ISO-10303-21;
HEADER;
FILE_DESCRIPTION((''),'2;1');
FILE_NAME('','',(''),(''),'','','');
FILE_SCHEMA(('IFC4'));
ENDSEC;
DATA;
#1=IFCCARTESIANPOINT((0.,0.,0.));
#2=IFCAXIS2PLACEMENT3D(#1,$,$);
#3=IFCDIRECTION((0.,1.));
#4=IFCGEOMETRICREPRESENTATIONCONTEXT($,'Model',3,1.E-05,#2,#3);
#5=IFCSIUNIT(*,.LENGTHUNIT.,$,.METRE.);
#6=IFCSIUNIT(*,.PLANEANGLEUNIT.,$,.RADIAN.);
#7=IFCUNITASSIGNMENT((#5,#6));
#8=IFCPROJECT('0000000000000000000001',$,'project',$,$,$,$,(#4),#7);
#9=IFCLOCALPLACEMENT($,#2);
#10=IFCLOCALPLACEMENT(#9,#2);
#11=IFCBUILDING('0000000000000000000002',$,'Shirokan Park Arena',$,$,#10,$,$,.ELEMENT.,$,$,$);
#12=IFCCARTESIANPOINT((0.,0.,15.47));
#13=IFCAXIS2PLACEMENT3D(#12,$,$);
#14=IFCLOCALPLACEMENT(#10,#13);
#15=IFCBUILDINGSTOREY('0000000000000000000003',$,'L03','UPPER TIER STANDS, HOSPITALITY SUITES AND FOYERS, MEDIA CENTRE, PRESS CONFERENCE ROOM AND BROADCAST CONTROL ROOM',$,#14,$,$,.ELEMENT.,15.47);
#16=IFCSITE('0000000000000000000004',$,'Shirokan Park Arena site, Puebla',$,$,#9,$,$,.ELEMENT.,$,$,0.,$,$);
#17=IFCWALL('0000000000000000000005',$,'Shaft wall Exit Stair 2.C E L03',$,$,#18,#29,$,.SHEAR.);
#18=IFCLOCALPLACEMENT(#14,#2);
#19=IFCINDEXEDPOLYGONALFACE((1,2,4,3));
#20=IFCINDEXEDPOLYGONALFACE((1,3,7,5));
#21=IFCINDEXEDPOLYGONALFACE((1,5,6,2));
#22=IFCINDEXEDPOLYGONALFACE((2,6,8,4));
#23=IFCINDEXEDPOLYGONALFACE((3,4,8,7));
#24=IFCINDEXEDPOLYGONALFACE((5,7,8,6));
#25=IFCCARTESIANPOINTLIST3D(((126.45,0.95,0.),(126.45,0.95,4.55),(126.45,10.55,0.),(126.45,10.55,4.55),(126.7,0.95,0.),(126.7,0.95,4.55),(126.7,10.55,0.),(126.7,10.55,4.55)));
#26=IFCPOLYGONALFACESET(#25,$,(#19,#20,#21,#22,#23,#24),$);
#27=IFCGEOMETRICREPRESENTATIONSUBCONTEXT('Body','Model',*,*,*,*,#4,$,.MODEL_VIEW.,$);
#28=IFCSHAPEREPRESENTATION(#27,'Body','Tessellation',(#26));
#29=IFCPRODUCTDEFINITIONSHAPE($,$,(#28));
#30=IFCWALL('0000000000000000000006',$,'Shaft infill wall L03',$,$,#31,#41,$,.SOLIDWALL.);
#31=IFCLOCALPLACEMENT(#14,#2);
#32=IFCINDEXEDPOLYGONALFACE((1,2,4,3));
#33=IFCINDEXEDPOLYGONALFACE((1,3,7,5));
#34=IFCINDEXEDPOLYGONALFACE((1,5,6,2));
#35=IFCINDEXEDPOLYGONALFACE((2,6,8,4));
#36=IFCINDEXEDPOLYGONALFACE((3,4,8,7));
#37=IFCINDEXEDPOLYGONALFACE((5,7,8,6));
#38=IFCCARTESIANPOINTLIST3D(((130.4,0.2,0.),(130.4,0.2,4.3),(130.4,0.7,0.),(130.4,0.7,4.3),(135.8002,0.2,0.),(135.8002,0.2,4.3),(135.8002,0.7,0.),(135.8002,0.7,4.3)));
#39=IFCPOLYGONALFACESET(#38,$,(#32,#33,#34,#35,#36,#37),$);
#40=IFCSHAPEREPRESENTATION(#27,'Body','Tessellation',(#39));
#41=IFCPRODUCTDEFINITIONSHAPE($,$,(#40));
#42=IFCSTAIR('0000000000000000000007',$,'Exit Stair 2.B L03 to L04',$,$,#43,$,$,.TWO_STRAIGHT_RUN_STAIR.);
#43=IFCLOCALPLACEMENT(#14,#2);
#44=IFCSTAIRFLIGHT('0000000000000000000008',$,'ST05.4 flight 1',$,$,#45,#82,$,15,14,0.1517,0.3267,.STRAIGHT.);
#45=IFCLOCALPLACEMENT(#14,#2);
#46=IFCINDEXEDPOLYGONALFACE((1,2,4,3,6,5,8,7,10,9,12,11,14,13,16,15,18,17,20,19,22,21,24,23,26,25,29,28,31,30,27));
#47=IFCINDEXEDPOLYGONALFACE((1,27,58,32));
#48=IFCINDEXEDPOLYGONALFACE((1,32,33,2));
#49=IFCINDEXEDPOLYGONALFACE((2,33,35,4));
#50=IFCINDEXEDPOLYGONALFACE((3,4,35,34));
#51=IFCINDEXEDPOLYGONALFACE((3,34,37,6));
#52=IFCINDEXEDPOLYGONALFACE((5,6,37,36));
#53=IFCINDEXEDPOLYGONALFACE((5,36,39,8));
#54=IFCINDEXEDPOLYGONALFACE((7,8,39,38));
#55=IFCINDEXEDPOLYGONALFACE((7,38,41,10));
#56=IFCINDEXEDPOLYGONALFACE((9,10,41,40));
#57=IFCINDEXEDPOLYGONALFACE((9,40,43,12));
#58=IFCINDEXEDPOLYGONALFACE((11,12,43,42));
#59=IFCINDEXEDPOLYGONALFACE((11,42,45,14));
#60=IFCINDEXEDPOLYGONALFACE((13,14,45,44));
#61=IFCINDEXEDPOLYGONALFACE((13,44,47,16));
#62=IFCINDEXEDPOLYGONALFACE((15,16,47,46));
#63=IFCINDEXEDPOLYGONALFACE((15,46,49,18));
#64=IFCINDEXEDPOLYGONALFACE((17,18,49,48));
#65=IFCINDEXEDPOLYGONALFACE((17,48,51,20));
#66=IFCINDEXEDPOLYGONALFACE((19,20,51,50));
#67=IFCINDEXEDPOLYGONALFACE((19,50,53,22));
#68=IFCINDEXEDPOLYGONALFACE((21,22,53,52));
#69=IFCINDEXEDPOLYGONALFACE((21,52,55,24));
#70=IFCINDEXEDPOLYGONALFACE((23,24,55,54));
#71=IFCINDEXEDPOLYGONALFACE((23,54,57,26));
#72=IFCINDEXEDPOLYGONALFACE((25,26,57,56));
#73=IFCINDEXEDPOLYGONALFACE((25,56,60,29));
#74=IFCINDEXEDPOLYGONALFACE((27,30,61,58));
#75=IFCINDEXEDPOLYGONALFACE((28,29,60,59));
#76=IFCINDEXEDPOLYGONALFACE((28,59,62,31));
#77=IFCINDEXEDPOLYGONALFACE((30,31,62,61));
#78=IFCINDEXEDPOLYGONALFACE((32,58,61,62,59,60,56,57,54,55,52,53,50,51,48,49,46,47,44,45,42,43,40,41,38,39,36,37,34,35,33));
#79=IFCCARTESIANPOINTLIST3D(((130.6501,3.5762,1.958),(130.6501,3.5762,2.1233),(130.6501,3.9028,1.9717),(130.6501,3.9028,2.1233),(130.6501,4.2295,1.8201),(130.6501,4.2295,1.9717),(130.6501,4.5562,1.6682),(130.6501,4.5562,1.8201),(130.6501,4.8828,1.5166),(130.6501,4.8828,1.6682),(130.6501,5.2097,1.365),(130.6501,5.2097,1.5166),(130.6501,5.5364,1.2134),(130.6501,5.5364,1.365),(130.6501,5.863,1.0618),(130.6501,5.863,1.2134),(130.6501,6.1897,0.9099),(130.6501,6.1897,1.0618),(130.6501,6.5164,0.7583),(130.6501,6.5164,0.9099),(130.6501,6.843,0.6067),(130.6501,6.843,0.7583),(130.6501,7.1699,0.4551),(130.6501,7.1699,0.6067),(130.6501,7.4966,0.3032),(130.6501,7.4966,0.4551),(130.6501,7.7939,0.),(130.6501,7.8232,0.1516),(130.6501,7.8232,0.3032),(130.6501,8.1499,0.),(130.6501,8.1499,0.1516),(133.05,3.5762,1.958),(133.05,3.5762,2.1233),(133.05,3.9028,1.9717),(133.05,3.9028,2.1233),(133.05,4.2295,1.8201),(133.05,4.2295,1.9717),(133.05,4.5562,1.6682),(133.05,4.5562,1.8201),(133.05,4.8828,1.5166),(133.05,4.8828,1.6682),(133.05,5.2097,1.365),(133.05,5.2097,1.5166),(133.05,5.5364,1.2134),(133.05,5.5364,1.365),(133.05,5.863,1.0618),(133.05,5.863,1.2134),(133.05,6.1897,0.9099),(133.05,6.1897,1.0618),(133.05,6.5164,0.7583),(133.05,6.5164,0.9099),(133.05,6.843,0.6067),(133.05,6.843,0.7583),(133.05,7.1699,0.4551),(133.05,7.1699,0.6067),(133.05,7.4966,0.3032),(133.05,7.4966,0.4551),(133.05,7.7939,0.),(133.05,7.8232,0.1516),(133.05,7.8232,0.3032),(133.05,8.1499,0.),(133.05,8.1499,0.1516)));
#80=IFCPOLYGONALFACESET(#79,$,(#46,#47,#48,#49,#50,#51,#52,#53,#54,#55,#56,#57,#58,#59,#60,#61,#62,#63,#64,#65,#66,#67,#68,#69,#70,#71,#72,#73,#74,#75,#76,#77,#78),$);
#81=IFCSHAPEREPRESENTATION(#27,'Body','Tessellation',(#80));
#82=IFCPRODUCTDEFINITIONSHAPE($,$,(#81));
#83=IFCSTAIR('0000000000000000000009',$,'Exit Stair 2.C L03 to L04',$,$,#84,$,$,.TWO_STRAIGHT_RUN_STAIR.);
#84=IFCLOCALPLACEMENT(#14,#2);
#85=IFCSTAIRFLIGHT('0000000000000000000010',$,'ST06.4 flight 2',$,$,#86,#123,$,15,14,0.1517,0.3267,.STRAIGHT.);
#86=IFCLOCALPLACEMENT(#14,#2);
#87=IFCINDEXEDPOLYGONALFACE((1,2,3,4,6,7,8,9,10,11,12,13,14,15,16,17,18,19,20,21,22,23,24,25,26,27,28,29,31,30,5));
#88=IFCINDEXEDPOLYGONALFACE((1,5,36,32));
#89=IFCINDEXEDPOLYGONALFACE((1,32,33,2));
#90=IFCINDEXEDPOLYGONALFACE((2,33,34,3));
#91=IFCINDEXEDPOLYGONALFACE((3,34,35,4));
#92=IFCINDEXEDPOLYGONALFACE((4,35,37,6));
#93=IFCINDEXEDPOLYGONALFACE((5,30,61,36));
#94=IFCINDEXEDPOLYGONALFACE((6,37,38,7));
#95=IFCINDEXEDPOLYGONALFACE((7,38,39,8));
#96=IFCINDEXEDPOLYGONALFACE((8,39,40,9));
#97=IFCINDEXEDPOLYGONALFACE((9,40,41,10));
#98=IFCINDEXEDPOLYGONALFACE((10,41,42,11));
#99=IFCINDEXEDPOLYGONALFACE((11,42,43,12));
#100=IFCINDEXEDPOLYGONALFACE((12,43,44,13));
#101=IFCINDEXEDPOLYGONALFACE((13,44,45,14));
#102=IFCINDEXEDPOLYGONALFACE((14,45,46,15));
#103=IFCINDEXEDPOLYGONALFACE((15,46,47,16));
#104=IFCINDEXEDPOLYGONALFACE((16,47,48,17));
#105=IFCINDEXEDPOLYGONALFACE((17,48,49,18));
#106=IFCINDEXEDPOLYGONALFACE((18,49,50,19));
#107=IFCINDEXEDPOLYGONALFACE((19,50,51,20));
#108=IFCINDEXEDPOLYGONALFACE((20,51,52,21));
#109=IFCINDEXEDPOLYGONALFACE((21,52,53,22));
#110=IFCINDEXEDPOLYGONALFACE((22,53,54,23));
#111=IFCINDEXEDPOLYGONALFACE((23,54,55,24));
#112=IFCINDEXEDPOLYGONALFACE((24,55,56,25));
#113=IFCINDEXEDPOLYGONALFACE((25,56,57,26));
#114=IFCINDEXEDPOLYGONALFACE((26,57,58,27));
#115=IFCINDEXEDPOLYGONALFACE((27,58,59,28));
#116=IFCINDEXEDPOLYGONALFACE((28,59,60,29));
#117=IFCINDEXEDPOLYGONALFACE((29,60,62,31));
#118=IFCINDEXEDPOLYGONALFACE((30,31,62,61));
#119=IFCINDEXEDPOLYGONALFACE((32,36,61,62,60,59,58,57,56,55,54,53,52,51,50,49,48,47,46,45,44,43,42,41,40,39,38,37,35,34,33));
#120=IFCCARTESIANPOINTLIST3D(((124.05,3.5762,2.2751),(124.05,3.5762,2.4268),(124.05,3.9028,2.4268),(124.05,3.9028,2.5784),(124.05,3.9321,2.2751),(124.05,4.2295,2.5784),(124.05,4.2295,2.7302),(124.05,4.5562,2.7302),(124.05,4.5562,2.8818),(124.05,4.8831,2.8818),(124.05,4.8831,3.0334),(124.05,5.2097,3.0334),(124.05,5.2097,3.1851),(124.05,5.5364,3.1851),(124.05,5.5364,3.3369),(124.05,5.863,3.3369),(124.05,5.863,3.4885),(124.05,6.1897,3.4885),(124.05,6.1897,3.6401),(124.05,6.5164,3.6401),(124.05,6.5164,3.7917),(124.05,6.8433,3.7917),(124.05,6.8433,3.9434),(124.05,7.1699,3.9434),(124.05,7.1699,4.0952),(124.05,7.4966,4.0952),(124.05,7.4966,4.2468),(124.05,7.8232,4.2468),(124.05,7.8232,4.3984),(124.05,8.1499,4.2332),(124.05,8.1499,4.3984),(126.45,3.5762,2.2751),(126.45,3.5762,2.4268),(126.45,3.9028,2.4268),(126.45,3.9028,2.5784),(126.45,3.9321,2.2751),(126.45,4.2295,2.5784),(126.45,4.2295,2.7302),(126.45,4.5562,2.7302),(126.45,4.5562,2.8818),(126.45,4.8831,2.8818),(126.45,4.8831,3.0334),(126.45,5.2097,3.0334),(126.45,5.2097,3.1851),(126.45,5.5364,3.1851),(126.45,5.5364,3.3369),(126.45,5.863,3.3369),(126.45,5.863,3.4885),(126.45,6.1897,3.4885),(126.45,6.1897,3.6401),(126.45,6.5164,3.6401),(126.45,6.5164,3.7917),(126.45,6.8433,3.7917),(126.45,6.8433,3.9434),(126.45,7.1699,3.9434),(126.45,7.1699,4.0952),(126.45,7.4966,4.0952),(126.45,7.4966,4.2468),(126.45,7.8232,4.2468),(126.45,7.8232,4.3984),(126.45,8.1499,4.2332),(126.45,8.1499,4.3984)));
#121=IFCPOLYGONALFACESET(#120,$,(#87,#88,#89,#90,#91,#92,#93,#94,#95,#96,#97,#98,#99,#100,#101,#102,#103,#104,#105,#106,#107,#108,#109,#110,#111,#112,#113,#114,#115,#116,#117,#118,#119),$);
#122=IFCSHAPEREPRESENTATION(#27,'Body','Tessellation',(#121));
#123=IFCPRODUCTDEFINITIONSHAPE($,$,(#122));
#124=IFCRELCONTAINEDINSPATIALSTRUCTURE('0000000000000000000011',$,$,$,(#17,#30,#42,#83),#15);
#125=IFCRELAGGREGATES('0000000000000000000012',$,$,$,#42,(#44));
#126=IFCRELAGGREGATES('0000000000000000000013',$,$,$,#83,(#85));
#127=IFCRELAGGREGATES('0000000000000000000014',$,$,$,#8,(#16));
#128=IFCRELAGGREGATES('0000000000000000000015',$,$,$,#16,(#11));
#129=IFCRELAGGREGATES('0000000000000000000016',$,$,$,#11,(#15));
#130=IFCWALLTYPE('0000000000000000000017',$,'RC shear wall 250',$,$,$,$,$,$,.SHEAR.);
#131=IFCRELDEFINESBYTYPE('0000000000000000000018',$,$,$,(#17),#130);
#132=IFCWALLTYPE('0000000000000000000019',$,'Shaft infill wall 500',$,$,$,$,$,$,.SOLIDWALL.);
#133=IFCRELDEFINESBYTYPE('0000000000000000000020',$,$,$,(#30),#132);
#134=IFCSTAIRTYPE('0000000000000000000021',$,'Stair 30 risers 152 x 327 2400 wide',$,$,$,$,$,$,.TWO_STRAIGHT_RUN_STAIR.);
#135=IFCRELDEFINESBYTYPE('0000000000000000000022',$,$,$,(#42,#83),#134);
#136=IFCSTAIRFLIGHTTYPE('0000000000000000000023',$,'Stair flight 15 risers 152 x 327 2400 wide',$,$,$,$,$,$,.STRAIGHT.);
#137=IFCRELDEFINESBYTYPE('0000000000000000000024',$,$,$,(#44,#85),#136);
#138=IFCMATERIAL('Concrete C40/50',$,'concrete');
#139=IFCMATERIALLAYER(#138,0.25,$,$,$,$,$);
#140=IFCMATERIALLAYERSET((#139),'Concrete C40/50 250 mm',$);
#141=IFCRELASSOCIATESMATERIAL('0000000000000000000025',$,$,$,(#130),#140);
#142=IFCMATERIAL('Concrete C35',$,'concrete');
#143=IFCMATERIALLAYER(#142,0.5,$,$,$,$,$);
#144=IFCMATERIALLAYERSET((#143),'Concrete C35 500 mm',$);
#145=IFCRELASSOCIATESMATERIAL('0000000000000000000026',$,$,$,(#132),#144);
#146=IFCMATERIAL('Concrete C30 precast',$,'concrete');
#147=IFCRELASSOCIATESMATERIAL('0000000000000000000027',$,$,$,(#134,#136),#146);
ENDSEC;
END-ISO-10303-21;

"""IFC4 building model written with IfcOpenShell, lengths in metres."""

from ifc_helpers import new_model, si_unit, direction, frame, frame_2d, origin, place, context, subcontext, project, spatial, polyline, rectangle, outline, extrude, material, layer, layer_set, type_object, element, aggregate, save


model = new_model("IFC4")

# Units and contexts
model_context = context("Model", 3, precision=1e-05, world=origin(), true_north=direction((0.0, 1.0)))
body_context = subcontext(model_context, "Body", "Model", "MODEL_VIEW")
ifc_project = project(units=[si_unit("LENGTHUNIT", "METRE"), si_unit("PLANEANGLEUNIT", "RADIAN")], contexts=[model_context])

# Site, building, storey
site_placement = place(None, origin())
site = spatial("IfcSite", under=ifc_project, at=site_placement, Name="Shirokan Park Arena site, Puebla", CompositionType="ELEMENT", RefElevation=0.0)
building_placement = place(site_placement, origin())
building = spatial("IfcBuilding", under=site, at=building_placement, Name="Shirokan Park Arena", CompositionType="ELEMENT")
storey_placement = place(building_placement, frame((0.0, 0.0, 15.47)))
storey = spatial("IfcBuildingStorey", under=building, at=storey_placement, Name="L03", Description="UPPER TIER STANDS, HOSPITALITY SUITES AND FOYERS, MEDIA CENTRE, PRESS CONFERENCE ROOM AND BROADCAST CONTROL ROOM", CompositionType="ELEMENT", Elevation=15.47)

# Shared definitions
ifc_material_1 = material(Name="Concrete C35", Category="concrete")

# Walls
ifc_material_2 = material(Name="Concrete C40/50", Category="concrete")
ifc_layer_1 = layer(ifc_material_2, 0.25)
ifc_layer_set_1 = layer_set([ifc_layer_1], Name="Concrete C40/50 250 mm")
wall_type_1 = type_object("IfcWallType", Name="RC shear wall 250", PredefinedType="SHEAR", material=ifc_layer_set_1)
wall_1_placement = place(storey_placement, frame((126.575, 10.55, 0.0), z_axis=(0.0, 0.0, 1.0), x_axis=(0.0, -1.0, 0.0)))
element("IfcWall", 1, at=wall_1_placement, inside=storey, type_object=wall_type_1, Name="Shaft wall Exit Stair 2.C E L03", PredefinedType="SHEAR", context=body_context, shape_type="SweptSolid", body=[
    extrude(rectangle(XDim=9.6001, YDim=0.25, at=frame_2d((4.8, 0.0))), origin(), (0.0, 0.0, 1.0), 4.55),
])
ifc_layer_2 = layer(ifc_material_1, 0.5)
ifc_layer_set_2 = layer_set([ifc_layer_2], Name="Concrete C35 500 mm")
wall_type_2 = type_object("IfcWallType", Name="Shaft infill wall 500", PredefinedType="SOLIDWALL", material=ifc_layer_set_2)
wall_2_placement = place(storey_placement, frame((130.3999, 0.45, 0.0), z_axis=(0.0, 0.0, 1.0), x_axis=(1.0, 0.0, 0.0)))
element("IfcWall", 2, at=wall_2_placement, inside=storey, type_object=wall_type_2, Name="Shaft infill wall L03", PredefinedType="SOLIDWALL", context=body_context, shape_type="SweptSolid", body=[
    extrude(rectangle(XDim=5.4001, YDim=0.5, at=frame_2d((2.7002, 0.0))), origin(), (0.0, 0.0, 1.0), 4.3),
])

# Stairs, stair flights
ifc_material_3 = material(Name="Concrete C30 precast", Category="concrete")
stair_type = type_object("IfcStairType", Name="Stair 30 risers 152 x 327 2400 wide", PredefinedType="TWO_STRAIGHT_RUN_STAIR", material=ifc_material_3)
stair_1_placement = place(storey_placement, origin())
stair_1 = element("IfcStair", 3, at=stair_1_placement, inside=storey, type_object=stair_type, Name="Exit Stair 2.B L03 to L04", PredefinedType="TWO_STRAIGHT_RUN_STAIR")
stair_flight_type = type_object("IfcStairFlightType", Name="Stair flight 15 risers 152 x 327 2400 wide", PredefinedType="STRAIGHT", material=ifc_material_3)
stair_flight_1_placement = place(storey_placement, frame((131.8501, 8.1499, 0.0), z_axis=(0.0, 0.0, 1.0), x_axis=(0.0, -1.0, 0.0)))
stair_flight_1 = element("IfcStairFlight", 4, at=stair_flight_1_placement, type_object=stair_flight_type, Name="ST05.4 flight 1", NumberOfRisers=15, NumberOfTreads=14, PredefinedType="STRAIGHT", RiserHeight=0.1517, TreadLength=0.3267, context=body_context, shape_type="SweptSolid", body=[
    extrude(outline(polyline([(0.0, 0.0), (0.0, 0.1516), (0.3267, 0.1516), (0.3267, 0.3032), (0.6533, 0.3032), (0.6533, 0.4551), (0.98, 0.4551), (0.98, 0.6067), (1.3069, 0.6067), (1.3069, 0.7583), (1.6335, 0.7583), (1.6335, 0.9099), (1.9602, 0.9099), (1.9602, 1.0618), (2.2869, 1.0618), (2.2869, 1.2134), (2.6135, 1.2134), (2.6135, 1.365), (2.9402, 1.365), (2.9402, 1.5166), (3.2671, 1.5166), (3.2671, 1.6682), (3.5938, 1.6682), (3.5938, 1.8201), (3.9204, 1.8201), (3.9204, 1.9717), (4.2471, 1.9717), (4.2471, 2.1233), (4.5737, 2.1233), (4.5737, 2.2749), (4.5737, 1.958), (0.356, 0.0), (0.0, 0.0)])), frame((0.0, 1.2, 0.0), z_axis=(0.0, -1.0, 0.0), x_axis=(1.0, 0.0, 0.0)), (0.0, 0.0, 1.0), 2.3999),
])
aggregate(stair_1, [stair_flight_1])
stair_2_placement = place(storey_placement, origin())
stair_2 = element("IfcStair", 5, at=stair_2_placement, inside=storey, type_object=stair_type, Name="Exit Stair 2.C L03 to L04", PredefinedType="TWO_STRAIGHT_RUN_STAIR")
stair_flight_2_placement = place(storey_placement, frame((125.25, 3.5762, 2.2751), z_axis=(0.0, 0.0, 1.0), x_axis=(0.0, 1.0, 0.0)))
stair_flight_2 = element("IfcStairFlight", 6, at=stair_flight_2_placement, type_object=stair_flight_type, Name="ST06.4 flight 2", NumberOfRisers=15, NumberOfTreads=14, PredefinedType="STRAIGHT", RiserHeight=0.1517, TreadLength=0.3267, context=body_context, shape_type="SweptSolid", body=[
    extrude(outline(polyline([(0.0, 0.0), (0.0, 0.1516), (0.3267, 0.1516), (0.3267, 0.3032), (0.6533, 0.3032), (0.6533, 0.4551), (0.98, 0.4551), (0.98, 0.6067), (1.3069, 0.6067), (1.3069, 0.7583), (1.6335, 0.7583), (1.6335, 0.9099), (1.9602, 0.9099), (1.9602, 1.0618), (2.2869, 1.0618), (2.2869, 1.2134), (2.6135, 1.2134), (2.6135, 1.365), (2.9402, 1.365), (2.9402, 1.5166), (3.2671, 1.5166), (3.2671, 1.6682), (3.5938, 1.6682), (3.5938, 1.8201), (3.9204, 1.8201), (3.9204, 1.9717), (4.2471, 1.9717), (4.2471, 2.1233), (4.5737, 2.1233), (4.5737, 2.2749), (4.5737, 1.958), (0.356, 0.0), (0.0, 0.0)])), frame((0.0, 1.2, 0.0), z_axis=(0.0, -1.0, 0.0), x_axis=(1.0, 0.0, 0.0)), (0.0, 0.0, 1.0), 2.3999),
])
aggregate(stair_2, [stair_flight_2])

save(model, "model.ifc")
